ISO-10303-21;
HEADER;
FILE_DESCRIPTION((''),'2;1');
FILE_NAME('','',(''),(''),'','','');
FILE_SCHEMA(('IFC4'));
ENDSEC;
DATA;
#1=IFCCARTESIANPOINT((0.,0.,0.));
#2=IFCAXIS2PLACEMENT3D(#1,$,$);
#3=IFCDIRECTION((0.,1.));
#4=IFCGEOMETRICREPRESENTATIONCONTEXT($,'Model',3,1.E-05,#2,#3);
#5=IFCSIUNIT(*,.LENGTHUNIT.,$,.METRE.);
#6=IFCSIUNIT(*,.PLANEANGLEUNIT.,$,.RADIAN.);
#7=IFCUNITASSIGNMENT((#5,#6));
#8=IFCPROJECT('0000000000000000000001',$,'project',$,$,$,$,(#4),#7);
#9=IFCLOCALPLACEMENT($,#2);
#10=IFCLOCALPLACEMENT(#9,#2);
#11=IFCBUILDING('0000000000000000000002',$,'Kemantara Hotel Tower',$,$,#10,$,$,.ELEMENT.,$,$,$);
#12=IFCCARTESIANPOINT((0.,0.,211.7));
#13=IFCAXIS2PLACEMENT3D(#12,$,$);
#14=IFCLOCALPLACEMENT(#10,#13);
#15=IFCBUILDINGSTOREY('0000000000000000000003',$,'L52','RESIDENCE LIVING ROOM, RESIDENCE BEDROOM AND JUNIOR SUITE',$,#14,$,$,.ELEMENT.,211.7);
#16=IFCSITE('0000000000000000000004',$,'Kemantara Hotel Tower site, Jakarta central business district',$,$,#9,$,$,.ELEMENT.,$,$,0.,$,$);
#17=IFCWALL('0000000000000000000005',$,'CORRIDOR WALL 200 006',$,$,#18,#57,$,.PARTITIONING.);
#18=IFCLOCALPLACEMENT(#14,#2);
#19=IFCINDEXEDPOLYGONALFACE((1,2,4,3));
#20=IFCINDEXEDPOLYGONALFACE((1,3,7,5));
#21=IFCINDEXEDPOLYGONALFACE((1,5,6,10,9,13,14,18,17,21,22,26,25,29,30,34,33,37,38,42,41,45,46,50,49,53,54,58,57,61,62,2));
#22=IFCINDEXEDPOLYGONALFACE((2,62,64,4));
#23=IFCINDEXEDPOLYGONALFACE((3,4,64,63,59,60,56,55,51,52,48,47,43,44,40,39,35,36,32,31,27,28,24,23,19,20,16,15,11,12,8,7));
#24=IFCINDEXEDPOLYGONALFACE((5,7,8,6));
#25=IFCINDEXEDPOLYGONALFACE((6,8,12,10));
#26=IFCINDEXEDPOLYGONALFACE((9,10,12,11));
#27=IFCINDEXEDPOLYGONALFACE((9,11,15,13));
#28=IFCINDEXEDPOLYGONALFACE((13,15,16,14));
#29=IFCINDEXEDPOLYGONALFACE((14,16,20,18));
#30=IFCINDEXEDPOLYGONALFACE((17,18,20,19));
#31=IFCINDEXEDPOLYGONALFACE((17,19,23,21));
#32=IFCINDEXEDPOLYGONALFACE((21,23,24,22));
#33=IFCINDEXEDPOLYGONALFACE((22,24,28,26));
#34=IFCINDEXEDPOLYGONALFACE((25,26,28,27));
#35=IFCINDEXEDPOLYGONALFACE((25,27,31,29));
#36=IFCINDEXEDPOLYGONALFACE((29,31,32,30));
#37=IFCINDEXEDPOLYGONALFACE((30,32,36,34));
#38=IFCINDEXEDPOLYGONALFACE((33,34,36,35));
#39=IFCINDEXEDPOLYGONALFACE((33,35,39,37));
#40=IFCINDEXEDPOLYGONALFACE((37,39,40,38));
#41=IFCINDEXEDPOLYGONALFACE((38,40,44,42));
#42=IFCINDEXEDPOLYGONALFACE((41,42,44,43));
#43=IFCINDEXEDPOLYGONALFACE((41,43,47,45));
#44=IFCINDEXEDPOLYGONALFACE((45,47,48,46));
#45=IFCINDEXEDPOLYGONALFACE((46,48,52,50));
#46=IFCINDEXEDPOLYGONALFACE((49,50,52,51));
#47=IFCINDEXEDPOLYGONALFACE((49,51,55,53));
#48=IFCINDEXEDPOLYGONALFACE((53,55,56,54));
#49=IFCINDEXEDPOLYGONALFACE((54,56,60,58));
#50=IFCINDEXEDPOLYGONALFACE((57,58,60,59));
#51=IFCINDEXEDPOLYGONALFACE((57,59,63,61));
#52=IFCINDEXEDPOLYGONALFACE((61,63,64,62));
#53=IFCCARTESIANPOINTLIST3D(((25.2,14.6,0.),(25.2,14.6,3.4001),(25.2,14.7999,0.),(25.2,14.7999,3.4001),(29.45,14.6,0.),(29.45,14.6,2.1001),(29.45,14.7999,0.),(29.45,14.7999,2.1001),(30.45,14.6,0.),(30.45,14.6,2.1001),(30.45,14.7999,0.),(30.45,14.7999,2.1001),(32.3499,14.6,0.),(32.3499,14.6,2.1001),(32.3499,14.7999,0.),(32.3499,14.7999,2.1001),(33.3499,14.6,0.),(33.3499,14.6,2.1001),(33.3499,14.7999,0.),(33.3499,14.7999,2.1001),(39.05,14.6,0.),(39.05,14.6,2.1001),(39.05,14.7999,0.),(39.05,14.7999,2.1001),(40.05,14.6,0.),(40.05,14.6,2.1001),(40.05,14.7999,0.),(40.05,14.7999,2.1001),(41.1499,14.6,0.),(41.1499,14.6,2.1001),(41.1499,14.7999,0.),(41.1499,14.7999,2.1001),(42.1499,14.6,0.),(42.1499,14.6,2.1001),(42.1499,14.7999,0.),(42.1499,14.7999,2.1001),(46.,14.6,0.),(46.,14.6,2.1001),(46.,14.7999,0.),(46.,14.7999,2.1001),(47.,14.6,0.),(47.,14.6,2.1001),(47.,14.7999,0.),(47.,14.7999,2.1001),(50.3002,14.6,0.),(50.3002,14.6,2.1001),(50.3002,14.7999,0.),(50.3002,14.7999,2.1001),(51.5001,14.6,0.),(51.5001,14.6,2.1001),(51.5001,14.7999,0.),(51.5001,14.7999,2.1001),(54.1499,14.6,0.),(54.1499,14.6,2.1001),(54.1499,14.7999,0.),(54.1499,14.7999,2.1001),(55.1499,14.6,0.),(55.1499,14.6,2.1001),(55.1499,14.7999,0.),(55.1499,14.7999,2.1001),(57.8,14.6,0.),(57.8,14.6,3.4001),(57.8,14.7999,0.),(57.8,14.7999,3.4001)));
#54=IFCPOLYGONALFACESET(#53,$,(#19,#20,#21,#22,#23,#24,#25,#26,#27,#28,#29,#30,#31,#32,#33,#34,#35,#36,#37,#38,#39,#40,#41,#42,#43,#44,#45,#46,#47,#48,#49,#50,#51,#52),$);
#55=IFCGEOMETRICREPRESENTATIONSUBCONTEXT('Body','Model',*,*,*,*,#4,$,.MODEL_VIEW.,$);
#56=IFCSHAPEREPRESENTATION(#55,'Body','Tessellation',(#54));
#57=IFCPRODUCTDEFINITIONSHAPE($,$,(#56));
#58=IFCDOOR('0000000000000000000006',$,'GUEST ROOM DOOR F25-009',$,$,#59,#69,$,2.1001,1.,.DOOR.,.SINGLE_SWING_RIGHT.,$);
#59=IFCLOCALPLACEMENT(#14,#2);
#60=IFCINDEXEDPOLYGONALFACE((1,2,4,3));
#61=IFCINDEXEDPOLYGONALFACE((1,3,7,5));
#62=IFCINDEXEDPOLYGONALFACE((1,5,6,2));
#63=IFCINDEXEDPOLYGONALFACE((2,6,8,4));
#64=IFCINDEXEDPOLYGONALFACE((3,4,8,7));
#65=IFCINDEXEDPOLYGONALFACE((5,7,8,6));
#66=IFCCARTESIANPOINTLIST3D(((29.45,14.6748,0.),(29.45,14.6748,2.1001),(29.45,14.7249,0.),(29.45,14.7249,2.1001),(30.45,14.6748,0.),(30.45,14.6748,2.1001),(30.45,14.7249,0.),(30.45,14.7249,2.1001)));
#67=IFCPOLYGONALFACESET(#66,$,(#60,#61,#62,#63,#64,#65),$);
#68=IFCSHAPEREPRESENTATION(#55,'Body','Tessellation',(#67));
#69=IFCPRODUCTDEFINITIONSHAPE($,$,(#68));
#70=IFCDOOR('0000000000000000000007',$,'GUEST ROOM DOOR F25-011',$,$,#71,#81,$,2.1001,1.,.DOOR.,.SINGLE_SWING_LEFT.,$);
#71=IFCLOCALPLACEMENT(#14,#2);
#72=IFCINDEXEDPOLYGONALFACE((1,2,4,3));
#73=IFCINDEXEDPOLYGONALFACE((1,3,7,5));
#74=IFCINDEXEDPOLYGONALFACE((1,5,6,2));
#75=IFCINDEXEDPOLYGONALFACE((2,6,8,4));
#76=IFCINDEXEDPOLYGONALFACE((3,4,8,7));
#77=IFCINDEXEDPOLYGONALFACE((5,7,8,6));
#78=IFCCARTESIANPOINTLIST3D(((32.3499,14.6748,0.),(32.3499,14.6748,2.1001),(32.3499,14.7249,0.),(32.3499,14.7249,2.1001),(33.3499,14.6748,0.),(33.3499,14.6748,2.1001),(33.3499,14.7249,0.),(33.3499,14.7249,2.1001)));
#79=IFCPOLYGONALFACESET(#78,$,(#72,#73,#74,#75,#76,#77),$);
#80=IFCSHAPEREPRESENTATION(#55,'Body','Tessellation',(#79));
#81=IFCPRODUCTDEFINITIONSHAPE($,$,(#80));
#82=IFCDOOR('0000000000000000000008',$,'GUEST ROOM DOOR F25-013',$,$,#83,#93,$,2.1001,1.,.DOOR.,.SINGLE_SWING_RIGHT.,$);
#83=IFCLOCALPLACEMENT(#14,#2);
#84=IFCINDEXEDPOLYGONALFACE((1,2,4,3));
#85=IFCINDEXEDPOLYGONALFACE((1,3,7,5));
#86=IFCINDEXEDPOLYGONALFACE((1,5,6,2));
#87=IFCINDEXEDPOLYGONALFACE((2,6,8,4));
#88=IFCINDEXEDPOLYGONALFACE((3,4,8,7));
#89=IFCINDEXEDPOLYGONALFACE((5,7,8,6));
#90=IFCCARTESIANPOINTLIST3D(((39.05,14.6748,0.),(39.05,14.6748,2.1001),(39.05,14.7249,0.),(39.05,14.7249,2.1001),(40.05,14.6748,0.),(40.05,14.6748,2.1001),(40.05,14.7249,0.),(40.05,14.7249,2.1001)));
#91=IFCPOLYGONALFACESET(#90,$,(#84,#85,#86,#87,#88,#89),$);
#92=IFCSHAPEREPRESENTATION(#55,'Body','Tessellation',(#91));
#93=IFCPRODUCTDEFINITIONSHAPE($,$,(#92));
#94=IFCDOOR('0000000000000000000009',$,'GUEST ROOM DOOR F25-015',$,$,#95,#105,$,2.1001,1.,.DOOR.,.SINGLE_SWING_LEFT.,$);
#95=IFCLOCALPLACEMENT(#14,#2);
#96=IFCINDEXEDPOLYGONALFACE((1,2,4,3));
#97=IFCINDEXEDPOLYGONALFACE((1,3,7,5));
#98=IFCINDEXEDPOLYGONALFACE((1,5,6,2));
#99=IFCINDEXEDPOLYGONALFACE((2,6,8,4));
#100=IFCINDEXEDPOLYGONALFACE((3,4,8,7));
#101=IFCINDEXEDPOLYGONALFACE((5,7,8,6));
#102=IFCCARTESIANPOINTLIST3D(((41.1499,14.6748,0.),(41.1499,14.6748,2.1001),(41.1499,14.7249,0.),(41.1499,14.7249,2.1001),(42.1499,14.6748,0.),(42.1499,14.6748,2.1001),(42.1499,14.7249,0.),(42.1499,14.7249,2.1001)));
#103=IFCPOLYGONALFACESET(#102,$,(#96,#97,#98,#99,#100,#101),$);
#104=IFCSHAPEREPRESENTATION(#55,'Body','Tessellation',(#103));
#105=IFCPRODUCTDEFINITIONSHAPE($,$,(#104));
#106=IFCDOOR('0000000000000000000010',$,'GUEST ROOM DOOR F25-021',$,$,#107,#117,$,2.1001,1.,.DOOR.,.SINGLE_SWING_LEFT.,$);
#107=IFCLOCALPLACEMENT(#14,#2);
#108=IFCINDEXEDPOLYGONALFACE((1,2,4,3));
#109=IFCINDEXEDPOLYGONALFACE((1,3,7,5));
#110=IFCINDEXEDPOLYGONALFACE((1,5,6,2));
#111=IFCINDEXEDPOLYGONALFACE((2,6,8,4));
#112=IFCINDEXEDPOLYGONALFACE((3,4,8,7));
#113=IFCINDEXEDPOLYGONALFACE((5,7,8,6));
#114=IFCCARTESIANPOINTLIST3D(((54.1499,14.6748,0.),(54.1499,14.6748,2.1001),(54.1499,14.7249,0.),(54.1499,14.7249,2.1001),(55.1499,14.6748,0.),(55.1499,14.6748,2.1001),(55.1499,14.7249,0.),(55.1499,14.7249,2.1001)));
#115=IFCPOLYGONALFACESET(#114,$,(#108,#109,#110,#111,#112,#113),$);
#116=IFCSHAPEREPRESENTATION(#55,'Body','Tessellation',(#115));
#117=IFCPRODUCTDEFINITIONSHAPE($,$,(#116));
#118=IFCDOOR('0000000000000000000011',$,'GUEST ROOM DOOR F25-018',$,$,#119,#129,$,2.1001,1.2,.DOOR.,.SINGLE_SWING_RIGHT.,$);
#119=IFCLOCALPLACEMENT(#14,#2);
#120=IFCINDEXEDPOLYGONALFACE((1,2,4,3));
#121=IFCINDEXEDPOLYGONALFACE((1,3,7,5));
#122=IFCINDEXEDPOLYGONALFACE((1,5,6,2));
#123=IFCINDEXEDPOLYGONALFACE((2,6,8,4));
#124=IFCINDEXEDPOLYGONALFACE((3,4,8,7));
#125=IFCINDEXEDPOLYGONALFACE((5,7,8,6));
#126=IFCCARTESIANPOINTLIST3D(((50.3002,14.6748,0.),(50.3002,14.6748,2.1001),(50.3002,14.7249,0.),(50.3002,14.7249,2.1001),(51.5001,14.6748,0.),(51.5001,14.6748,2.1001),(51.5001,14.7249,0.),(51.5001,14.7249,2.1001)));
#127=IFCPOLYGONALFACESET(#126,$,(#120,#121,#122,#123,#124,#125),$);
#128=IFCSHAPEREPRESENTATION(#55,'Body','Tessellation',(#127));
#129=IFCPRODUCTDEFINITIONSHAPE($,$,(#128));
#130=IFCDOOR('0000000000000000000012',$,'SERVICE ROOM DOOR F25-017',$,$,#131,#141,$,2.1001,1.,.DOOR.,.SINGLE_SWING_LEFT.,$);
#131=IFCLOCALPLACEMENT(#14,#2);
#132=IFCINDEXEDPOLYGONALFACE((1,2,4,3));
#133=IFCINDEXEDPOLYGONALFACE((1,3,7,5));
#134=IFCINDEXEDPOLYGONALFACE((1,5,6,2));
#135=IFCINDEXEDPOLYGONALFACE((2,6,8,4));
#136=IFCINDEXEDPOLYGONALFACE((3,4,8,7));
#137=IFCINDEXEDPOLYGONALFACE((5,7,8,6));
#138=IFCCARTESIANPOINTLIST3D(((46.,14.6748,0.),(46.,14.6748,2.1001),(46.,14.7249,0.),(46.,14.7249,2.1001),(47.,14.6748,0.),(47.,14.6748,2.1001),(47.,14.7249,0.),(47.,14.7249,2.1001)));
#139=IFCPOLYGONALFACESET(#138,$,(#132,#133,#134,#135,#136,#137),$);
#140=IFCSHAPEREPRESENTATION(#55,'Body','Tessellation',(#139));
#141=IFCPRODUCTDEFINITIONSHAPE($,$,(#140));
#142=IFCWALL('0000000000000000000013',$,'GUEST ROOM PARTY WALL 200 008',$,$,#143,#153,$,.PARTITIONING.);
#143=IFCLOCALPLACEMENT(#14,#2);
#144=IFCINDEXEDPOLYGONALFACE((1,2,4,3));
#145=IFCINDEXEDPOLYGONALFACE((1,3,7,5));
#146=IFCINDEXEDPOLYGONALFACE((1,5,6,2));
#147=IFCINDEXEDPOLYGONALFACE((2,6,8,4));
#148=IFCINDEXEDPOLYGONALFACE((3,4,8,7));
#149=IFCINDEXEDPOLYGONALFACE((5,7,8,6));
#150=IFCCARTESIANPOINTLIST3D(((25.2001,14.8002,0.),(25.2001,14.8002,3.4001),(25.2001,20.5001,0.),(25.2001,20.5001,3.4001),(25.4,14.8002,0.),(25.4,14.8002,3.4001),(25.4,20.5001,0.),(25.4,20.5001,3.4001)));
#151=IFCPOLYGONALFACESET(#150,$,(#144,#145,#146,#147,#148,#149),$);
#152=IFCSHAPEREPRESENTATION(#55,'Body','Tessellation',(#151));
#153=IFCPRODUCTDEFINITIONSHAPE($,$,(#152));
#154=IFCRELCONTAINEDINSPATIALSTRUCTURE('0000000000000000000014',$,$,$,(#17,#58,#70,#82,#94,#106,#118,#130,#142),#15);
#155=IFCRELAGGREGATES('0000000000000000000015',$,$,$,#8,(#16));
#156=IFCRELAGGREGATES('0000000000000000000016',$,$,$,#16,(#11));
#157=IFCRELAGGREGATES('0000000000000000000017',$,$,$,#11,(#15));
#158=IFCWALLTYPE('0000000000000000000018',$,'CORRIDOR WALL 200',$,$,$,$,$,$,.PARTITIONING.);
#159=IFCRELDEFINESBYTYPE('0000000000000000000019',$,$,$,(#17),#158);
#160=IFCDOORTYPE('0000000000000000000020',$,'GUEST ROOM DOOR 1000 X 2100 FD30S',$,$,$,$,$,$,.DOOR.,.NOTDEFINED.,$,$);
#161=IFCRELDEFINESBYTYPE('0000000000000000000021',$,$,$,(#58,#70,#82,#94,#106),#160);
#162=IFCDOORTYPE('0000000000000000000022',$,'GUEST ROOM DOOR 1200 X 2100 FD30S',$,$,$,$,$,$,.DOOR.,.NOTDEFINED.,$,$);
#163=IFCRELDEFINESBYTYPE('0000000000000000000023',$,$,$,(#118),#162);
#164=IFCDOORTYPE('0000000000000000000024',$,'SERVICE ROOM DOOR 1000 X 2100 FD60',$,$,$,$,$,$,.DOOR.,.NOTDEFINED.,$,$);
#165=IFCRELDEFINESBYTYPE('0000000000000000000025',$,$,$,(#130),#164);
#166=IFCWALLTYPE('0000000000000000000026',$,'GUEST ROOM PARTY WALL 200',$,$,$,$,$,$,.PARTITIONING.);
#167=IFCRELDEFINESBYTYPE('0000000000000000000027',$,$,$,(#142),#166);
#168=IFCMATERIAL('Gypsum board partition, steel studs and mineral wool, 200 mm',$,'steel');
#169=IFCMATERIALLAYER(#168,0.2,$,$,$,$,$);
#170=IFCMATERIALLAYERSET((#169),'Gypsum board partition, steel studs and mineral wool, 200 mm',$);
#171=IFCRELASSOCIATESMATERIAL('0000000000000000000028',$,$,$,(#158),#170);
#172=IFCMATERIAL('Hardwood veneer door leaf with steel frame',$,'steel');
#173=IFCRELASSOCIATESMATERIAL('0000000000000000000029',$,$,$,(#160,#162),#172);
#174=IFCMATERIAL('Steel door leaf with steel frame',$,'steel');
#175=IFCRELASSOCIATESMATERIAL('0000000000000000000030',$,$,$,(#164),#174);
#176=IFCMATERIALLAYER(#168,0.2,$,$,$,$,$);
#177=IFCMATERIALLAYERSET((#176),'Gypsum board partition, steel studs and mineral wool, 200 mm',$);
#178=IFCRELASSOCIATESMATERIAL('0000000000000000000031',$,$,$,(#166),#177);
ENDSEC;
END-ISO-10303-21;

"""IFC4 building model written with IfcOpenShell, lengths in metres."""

from ifc_helpers import new_model, si_unit, direction, frame, frame_2d, origin, place, context, subcontext, project, spatial, rectangle, extrude, material, layer, layer_set, type_object, element, fill, save


model = new_model("IFC4")

# Units and contexts
model_context = context("Model", 3, precision=1e-05, world=origin(), true_north=direction((0.0, 1.0)))
body_context = subcontext(model_context, "Body", "Model", "MODEL_VIEW")
ifc_project = project(units=[si_unit("LENGTHUNIT", "METRE"), si_unit("PLANEANGLEUNIT", "RADIAN")], contexts=[model_context])

# Site, building, storey
site_placement = place(None, origin())
site = spatial("IfcSite", under=ifc_project, at=site_placement, Name="Kemantara Hotel Tower site, Jakarta central business district", CompositionType="ELEMENT", RefElevation=0.0)
building_placement = place(site_placement, origin())
building = spatial("IfcBuilding", under=site, at=building_placement, Name="Kemantara Hotel Tower", CompositionType="ELEMENT")
storey_placement = place(building_placement, frame((0.0, 0.0, 211.7)))
storey = spatial("IfcBuildingStorey", under=building, at=storey_placement, Name="L52", Description="RESIDENCE LIVING ROOM, RESIDENCE BEDROOM AND JUNIOR SUITE", CompositionType="ELEMENT", Elevation=211.7)

# Wall, openings, doors
ifc_material_1 = material(Name="Gypsum board partition, steel studs and mineral wool, 200 mm", Category="steel")
ifc_layer_1 = layer(ifc_material_1, 0.2)
ifc_layer_set_1 = layer_set([ifc_layer_1], Name="Gypsum board partition, steel studs and mineral wool, 200 mm")
wall_type_1 = type_object("IfcWallType", Name="CORRIDOR WALL 200", PredefinedType="PARTITIONING", material=ifc_layer_set_1)
wall_1_placement = place(storey_placement, frame((25.2, 14.7, 0.0), z_axis=(0.0, 0.0, 1.0), x_axis=(1.0, 0.0, 0.0)))
wall_1 = element("IfcWall", 1, at=wall_1_placement, inside=storey, type_object=wall_type_1, Name="CORRIDOR WALL 200 006", PredefinedType="PARTITIONING", context=body_context, shape_type="SweptSolid", body=[
    extrude(rectangle(XDim=32.6001, YDim=0.2, at=frame_2d((16.3, 0.0))), origin(), (0.0, 0.0, 1.0), 3.4001),
])
opening_1_placement = place(wall_1_placement, frame((4.25, 0.0, 0.0)))
opening_1 = element("IfcOpeningElement", 2, at=opening_1_placement, cuts=wall_1, PredefinedType="OPENING", context=body_context, shape_type="SweptSolid", body=[
    extrude(rectangle(XDim=1.0, YDim=2.1001, at=frame_2d((0.5, 1.05))), frame((0.0, 0.1099, 0.0), z_axis=(0.0, -1.0, 0.0), x_axis=(1.0, 0.0, 0.0)), (0.0, 0.0, 1.0), 0.22),
])
opening_2_placement = place(wall_1_placement, frame((7.1499, 0.0, 0.0)))
opening_2 = element("IfcOpeningElement", 3, at=opening_2_placement, cuts=wall_1, PredefinedType="OPENING", context=body_context, shape_type="SweptSolid", body=[
    extrude(rectangle(XDim=1.0, YDim=2.1001, at=frame_2d((0.5, 1.05))), frame((0.0, 0.1099, 0.0), z_axis=(0.0, -1.0, 0.0), x_axis=(1.0, 0.0, 0.0)), (0.0, 0.0, 1.0), 0.22),
])
opening_3_placement = place(wall_1_placement, frame((13.8501, 0.0, 0.0)))
opening_3 = element("IfcOpeningElement", 4, at=opening_3_placement, cuts=wall_1, PredefinedType="OPENING", context=body_context, shape_type="SweptSolid", body=[
    extrude(rectangle(XDim=1.0, YDim=2.1001, at=frame_2d((0.5, 1.05))), frame((0.0, 0.1099, 0.0), z_axis=(0.0, -1.0, 0.0), x_axis=(1.0, 0.0, 0.0)), (0.0, 0.0, 1.0), 0.22),
])
opening_4_placement = place(wall_1_placement, frame((15.95, 0.0, 0.0)))
opening_4 = element("IfcOpeningElement", 5, at=opening_4_placement, cuts=wall_1, PredefinedType="OPENING", context=body_context, shape_type="SweptSolid", body=[
    extrude(rectangle(XDim=1.0, YDim=2.1001, at=frame_2d((0.5, 1.05))), frame((0.0, 0.1099, 0.0), z_axis=(0.0, -1.0, 0.0), x_axis=(1.0, 0.0, 0.0)), (0.0, 0.0, 1.0), 0.22),
])
opening_5_placement = place(wall_1_placement, frame((20.8, 0.0, 0.0)))
opening_5 = element("IfcOpeningElement", 6, at=opening_5_placement, cuts=wall_1, PredefinedType="OPENING", context=body_context, shape_type="SweptSolid", body=[
    extrude(rectangle(XDim=1.0, YDim=2.1001, at=frame_2d((0.5, 1.05))), frame((0.0, 0.1099, 0.0), z_axis=(0.0, -1.0, 0.0), x_axis=(1.0, 0.0, 0.0)), (0.0, 0.0, 1.0), 0.22),
])
opening_6_placement = place(wall_1_placement, frame((25.1001, 0.0, 0.0)))
opening_6 = element("IfcOpeningElement", 7, at=opening_6_placement, cuts=wall_1, PredefinedType="OPENING", context=body_context, shape_type="SweptSolid", body=[
    extrude(rectangle(XDim=1.2, YDim=2.1001, at=frame_2d((0.6001, 1.05))), frame((0.0, 0.1099, 0.0), z_axis=(0.0, -1.0, 0.0), x_axis=(1.0, 0.0, 0.0)), (0.0, 0.0, 1.0), 0.22),
])
opening_7_placement = place(wall_1_placement, frame((28.95, 0.0, 0.0)))
opening_7 = element("IfcOpeningElement", 8, at=opening_7_placement, cuts=wall_1, PredefinedType="OPENING", context=body_context, shape_type="SweptSolid", body=[
    extrude(rectangle(XDim=1.0, YDim=2.1001, at=frame_2d((0.5, 1.05))), frame((0.0, 0.1099, 0.0), z_axis=(0.0, -1.0, 0.0), x_axis=(1.0, 0.0, 0.0)), (0.0, 0.0, 1.0), 0.22),
])
ifc_material_2 = material(Name="Hardwood veneer door leaf with steel frame", Category="steel")
door_type_1 = type_object("IfcDoorType", Name="GUEST ROOM DOOR 1000 X 2100 FD30S", OperationType="NOTDEFINED", PredefinedType="DOOR", material=ifc_material_2)
door_1_placement = place(opening_1_placement, origin())
door_1 = element("IfcDoor", 9, at=door_1_placement, inside=storey, type_object=door_type_1, Name="GUEST ROOM DOOR F25-009", OperationType="SINGLE_SWING_RIGHT", OverallHeight=2.1001, OverallWidth=1.0, PredefinedType="DOOR", context=body_context, shape_type="SweptSolid", body=[
    extrude(rectangle(XDim=1.0, YDim=2.1001, at=frame_2d((0.5, 1.05))), frame((0.0, 0.0249, 0.0), z_axis=(0.0, -1.0, 0.0), x_axis=(1.0, 0.0, 0.0)), (0.0, 0.0, 1.0), 0.05),
])
fill(opening_1, door_1)
door_2_placement = place(opening_2_placement, origin())
door_2 = element("IfcDoor", 10, at=door_2_placement, inside=storey, type_object=door_type_1, Name="GUEST ROOM DOOR F25-011", OperationType="SINGLE_SWING_LEFT", OverallHeight=2.1001, OverallWidth=1.0, PredefinedType="DOOR", context=body_context, shape_type="SweptSolid", body=[
    extrude(rectangle(XDim=1.0, YDim=2.1001, at=frame_2d((0.5, 1.05))), frame((0.0, 0.0249, 0.0), z_axis=(0.0, -1.0, 0.0), x_axis=(1.0, 0.0, 0.0)), (0.0, 0.0, 1.0), 0.05),
])
fill(opening_2, door_2)
door_3_placement = place(opening_3_placement, origin())
door_3 = element("IfcDoor", 11, at=door_3_placement, inside=storey, type_object=door_type_1, Name="GUEST ROOM DOOR F25-013", OperationType="SINGLE_SWING_RIGHT", OverallHeight=2.1001, OverallWidth=1.0, PredefinedType="DOOR", context=body_context, shape_type="SweptSolid", body=[
    extrude(rectangle(XDim=1.0, YDim=2.1001, at=frame_2d((0.5, 1.05))), frame((0.0, 0.0249, 0.0), z_axis=(0.0, -1.0, 0.0), x_axis=(1.0, 0.0, 0.0)), (0.0, 0.0, 1.0), 0.05),
])
fill(opening_3, door_3)
door_4_placement = place(opening_4_placement, origin())
door_4 = element("IfcDoor", 12, at=door_4_placement, inside=storey, type_object=door_type_1, Name="GUEST ROOM DOOR F25-015", OperationType="SINGLE_SWING_LEFT", OverallHeight=2.1001, OverallWidth=1.0, PredefinedType="DOOR", context=body_context, shape_type="SweptSolid", body=[
    extrude(rectangle(XDim=1.0, YDim=2.1001, at=frame_2d((0.5, 1.05))), frame((0.0, 0.0249, 0.0), z_axis=(0.0, -1.0, 0.0), x_axis=(1.0, 0.0, 0.0)), (0.0, 0.0, 1.0), 0.05),
])
fill(opening_4, door_4)
door_5_placement = place(opening_7_placement, origin())
door_5 = element("IfcDoor", 13, at=door_5_placement, inside=storey, type_object=door_type_1, Name="GUEST ROOM DOOR F25-021", OperationType="SINGLE_SWING_LEFT", OverallHeight=2.1001, OverallWidth=1.0, PredefinedType="DOOR", context=body_context, shape_type="SweptSolid", body=[
    extrude(rectangle(XDim=1.0, YDim=2.1001, at=frame_2d((0.5, 1.05))), frame((0.0, 0.0249, 0.0), z_axis=(0.0, -1.0, 0.0), x_axis=(1.0, 0.0, 0.0)), (0.0, 0.0, 1.0), 0.05),
])
fill(opening_7, door_5)
door_type_2 = type_object("IfcDoorType", Name="GUEST ROOM DOOR 1200 X 2100 FD30S", OperationType="NOTDEFINED", PredefinedType="DOOR", material=ifc_material_2)
door_6_placement = place(opening_6_placement, origin())
door_6 = element("IfcDoor", 14, at=door_6_placement, inside=storey, type_object=door_type_2, Name="GUEST ROOM DOOR F25-018", OperationType="SINGLE_SWING_RIGHT", OverallHeight=2.1001, OverallWidth=1.2, PredefinedType="DOOR", context=body_context, shape_type="SweptSolid", body=[
    extrude(rectangle(XDim=1.2, YDim=2.1001, at=frame_2d((0.6001, 1.05))), frame((0.0, 0.0249, 0.0), z_axis=(0.0, -1.0, 0.0), x_axis=(1.0, 0.0, 0.0)), (0.0, 0.0, 1.0), 0.05),
])
fill(opening_6, door_6)
ifc_material_3 = material(Name="Steel door leaf with steel frame", Category="steel")
door_type_3 = type_object("IfcDoorType", Name="SERVICE ROOM DOOR 1000 X 2100 FD60", OperationType="NOTDEFINED", PredefinedType="DOOR", material=ifc_material_3)
door_7_placement = place(opening_5_placement, origin())
door_7 = element("IfcDoor", 15, at=door_7_placement, inside=storey, type_object=door_type_3, Name="SERVICE ROOM DOOR F25-017", OperationType="SINGLE_SWING_LEFT", OverallHeight=2.1001, OverallWidth=1.0, PredefinedType="DOOR", context=body_context, shape_type="SweptSolid", body=[
    extrude(rectangle(XDim=1.0, YDim=2.1001, at=frame_2d((0.5, 1.05))), frame((0.0, 0.0249, 0.0), z_axis=(0.0, -1.0, 0.0), x_axis=(1.0, 0.0, 0.0)), (0.0, 0.0, 1.0), 0.05),
])
fill(opening_5, door_7)

# Wall
ifc_layer_2 = layer(ifc_material_1, 0.2)
ifc_layer_set_2 = layer_set([ifc_layer_2], Name="Gypsum board partition, steel studs and mineral wool, 200 mm")
wall_type_2 = type_object("IfcWallType", Name="GUEST ROOM PARTY WALL 200", PredefinedType="PARTITIONING", material=ifc_layer_set_2)
wall_2_placement = place(storey_placement, frame((25.3, 14.8, 0.0), z_axis=(0.0, 0.0, 1.0), x_axis=(0.0, 1.0, 0.0)))
element("IfcWall", 16, at=wall_2_placement, inside=storey, type_object=wall_type_2, Name="GUEST ROOM PARTY WALL 200 008", PredefinedType="PARTITIONING", context=body_context, shape_type="SweptSolid", body=[
    extrude(rectangle(XDim=5.7, YDim=0.2, at=frame_2d((2.8501, 0.0))), origin(), (0.0, 0.0, 1.0), 3.4001),
])

save(model, "model.ifc")
